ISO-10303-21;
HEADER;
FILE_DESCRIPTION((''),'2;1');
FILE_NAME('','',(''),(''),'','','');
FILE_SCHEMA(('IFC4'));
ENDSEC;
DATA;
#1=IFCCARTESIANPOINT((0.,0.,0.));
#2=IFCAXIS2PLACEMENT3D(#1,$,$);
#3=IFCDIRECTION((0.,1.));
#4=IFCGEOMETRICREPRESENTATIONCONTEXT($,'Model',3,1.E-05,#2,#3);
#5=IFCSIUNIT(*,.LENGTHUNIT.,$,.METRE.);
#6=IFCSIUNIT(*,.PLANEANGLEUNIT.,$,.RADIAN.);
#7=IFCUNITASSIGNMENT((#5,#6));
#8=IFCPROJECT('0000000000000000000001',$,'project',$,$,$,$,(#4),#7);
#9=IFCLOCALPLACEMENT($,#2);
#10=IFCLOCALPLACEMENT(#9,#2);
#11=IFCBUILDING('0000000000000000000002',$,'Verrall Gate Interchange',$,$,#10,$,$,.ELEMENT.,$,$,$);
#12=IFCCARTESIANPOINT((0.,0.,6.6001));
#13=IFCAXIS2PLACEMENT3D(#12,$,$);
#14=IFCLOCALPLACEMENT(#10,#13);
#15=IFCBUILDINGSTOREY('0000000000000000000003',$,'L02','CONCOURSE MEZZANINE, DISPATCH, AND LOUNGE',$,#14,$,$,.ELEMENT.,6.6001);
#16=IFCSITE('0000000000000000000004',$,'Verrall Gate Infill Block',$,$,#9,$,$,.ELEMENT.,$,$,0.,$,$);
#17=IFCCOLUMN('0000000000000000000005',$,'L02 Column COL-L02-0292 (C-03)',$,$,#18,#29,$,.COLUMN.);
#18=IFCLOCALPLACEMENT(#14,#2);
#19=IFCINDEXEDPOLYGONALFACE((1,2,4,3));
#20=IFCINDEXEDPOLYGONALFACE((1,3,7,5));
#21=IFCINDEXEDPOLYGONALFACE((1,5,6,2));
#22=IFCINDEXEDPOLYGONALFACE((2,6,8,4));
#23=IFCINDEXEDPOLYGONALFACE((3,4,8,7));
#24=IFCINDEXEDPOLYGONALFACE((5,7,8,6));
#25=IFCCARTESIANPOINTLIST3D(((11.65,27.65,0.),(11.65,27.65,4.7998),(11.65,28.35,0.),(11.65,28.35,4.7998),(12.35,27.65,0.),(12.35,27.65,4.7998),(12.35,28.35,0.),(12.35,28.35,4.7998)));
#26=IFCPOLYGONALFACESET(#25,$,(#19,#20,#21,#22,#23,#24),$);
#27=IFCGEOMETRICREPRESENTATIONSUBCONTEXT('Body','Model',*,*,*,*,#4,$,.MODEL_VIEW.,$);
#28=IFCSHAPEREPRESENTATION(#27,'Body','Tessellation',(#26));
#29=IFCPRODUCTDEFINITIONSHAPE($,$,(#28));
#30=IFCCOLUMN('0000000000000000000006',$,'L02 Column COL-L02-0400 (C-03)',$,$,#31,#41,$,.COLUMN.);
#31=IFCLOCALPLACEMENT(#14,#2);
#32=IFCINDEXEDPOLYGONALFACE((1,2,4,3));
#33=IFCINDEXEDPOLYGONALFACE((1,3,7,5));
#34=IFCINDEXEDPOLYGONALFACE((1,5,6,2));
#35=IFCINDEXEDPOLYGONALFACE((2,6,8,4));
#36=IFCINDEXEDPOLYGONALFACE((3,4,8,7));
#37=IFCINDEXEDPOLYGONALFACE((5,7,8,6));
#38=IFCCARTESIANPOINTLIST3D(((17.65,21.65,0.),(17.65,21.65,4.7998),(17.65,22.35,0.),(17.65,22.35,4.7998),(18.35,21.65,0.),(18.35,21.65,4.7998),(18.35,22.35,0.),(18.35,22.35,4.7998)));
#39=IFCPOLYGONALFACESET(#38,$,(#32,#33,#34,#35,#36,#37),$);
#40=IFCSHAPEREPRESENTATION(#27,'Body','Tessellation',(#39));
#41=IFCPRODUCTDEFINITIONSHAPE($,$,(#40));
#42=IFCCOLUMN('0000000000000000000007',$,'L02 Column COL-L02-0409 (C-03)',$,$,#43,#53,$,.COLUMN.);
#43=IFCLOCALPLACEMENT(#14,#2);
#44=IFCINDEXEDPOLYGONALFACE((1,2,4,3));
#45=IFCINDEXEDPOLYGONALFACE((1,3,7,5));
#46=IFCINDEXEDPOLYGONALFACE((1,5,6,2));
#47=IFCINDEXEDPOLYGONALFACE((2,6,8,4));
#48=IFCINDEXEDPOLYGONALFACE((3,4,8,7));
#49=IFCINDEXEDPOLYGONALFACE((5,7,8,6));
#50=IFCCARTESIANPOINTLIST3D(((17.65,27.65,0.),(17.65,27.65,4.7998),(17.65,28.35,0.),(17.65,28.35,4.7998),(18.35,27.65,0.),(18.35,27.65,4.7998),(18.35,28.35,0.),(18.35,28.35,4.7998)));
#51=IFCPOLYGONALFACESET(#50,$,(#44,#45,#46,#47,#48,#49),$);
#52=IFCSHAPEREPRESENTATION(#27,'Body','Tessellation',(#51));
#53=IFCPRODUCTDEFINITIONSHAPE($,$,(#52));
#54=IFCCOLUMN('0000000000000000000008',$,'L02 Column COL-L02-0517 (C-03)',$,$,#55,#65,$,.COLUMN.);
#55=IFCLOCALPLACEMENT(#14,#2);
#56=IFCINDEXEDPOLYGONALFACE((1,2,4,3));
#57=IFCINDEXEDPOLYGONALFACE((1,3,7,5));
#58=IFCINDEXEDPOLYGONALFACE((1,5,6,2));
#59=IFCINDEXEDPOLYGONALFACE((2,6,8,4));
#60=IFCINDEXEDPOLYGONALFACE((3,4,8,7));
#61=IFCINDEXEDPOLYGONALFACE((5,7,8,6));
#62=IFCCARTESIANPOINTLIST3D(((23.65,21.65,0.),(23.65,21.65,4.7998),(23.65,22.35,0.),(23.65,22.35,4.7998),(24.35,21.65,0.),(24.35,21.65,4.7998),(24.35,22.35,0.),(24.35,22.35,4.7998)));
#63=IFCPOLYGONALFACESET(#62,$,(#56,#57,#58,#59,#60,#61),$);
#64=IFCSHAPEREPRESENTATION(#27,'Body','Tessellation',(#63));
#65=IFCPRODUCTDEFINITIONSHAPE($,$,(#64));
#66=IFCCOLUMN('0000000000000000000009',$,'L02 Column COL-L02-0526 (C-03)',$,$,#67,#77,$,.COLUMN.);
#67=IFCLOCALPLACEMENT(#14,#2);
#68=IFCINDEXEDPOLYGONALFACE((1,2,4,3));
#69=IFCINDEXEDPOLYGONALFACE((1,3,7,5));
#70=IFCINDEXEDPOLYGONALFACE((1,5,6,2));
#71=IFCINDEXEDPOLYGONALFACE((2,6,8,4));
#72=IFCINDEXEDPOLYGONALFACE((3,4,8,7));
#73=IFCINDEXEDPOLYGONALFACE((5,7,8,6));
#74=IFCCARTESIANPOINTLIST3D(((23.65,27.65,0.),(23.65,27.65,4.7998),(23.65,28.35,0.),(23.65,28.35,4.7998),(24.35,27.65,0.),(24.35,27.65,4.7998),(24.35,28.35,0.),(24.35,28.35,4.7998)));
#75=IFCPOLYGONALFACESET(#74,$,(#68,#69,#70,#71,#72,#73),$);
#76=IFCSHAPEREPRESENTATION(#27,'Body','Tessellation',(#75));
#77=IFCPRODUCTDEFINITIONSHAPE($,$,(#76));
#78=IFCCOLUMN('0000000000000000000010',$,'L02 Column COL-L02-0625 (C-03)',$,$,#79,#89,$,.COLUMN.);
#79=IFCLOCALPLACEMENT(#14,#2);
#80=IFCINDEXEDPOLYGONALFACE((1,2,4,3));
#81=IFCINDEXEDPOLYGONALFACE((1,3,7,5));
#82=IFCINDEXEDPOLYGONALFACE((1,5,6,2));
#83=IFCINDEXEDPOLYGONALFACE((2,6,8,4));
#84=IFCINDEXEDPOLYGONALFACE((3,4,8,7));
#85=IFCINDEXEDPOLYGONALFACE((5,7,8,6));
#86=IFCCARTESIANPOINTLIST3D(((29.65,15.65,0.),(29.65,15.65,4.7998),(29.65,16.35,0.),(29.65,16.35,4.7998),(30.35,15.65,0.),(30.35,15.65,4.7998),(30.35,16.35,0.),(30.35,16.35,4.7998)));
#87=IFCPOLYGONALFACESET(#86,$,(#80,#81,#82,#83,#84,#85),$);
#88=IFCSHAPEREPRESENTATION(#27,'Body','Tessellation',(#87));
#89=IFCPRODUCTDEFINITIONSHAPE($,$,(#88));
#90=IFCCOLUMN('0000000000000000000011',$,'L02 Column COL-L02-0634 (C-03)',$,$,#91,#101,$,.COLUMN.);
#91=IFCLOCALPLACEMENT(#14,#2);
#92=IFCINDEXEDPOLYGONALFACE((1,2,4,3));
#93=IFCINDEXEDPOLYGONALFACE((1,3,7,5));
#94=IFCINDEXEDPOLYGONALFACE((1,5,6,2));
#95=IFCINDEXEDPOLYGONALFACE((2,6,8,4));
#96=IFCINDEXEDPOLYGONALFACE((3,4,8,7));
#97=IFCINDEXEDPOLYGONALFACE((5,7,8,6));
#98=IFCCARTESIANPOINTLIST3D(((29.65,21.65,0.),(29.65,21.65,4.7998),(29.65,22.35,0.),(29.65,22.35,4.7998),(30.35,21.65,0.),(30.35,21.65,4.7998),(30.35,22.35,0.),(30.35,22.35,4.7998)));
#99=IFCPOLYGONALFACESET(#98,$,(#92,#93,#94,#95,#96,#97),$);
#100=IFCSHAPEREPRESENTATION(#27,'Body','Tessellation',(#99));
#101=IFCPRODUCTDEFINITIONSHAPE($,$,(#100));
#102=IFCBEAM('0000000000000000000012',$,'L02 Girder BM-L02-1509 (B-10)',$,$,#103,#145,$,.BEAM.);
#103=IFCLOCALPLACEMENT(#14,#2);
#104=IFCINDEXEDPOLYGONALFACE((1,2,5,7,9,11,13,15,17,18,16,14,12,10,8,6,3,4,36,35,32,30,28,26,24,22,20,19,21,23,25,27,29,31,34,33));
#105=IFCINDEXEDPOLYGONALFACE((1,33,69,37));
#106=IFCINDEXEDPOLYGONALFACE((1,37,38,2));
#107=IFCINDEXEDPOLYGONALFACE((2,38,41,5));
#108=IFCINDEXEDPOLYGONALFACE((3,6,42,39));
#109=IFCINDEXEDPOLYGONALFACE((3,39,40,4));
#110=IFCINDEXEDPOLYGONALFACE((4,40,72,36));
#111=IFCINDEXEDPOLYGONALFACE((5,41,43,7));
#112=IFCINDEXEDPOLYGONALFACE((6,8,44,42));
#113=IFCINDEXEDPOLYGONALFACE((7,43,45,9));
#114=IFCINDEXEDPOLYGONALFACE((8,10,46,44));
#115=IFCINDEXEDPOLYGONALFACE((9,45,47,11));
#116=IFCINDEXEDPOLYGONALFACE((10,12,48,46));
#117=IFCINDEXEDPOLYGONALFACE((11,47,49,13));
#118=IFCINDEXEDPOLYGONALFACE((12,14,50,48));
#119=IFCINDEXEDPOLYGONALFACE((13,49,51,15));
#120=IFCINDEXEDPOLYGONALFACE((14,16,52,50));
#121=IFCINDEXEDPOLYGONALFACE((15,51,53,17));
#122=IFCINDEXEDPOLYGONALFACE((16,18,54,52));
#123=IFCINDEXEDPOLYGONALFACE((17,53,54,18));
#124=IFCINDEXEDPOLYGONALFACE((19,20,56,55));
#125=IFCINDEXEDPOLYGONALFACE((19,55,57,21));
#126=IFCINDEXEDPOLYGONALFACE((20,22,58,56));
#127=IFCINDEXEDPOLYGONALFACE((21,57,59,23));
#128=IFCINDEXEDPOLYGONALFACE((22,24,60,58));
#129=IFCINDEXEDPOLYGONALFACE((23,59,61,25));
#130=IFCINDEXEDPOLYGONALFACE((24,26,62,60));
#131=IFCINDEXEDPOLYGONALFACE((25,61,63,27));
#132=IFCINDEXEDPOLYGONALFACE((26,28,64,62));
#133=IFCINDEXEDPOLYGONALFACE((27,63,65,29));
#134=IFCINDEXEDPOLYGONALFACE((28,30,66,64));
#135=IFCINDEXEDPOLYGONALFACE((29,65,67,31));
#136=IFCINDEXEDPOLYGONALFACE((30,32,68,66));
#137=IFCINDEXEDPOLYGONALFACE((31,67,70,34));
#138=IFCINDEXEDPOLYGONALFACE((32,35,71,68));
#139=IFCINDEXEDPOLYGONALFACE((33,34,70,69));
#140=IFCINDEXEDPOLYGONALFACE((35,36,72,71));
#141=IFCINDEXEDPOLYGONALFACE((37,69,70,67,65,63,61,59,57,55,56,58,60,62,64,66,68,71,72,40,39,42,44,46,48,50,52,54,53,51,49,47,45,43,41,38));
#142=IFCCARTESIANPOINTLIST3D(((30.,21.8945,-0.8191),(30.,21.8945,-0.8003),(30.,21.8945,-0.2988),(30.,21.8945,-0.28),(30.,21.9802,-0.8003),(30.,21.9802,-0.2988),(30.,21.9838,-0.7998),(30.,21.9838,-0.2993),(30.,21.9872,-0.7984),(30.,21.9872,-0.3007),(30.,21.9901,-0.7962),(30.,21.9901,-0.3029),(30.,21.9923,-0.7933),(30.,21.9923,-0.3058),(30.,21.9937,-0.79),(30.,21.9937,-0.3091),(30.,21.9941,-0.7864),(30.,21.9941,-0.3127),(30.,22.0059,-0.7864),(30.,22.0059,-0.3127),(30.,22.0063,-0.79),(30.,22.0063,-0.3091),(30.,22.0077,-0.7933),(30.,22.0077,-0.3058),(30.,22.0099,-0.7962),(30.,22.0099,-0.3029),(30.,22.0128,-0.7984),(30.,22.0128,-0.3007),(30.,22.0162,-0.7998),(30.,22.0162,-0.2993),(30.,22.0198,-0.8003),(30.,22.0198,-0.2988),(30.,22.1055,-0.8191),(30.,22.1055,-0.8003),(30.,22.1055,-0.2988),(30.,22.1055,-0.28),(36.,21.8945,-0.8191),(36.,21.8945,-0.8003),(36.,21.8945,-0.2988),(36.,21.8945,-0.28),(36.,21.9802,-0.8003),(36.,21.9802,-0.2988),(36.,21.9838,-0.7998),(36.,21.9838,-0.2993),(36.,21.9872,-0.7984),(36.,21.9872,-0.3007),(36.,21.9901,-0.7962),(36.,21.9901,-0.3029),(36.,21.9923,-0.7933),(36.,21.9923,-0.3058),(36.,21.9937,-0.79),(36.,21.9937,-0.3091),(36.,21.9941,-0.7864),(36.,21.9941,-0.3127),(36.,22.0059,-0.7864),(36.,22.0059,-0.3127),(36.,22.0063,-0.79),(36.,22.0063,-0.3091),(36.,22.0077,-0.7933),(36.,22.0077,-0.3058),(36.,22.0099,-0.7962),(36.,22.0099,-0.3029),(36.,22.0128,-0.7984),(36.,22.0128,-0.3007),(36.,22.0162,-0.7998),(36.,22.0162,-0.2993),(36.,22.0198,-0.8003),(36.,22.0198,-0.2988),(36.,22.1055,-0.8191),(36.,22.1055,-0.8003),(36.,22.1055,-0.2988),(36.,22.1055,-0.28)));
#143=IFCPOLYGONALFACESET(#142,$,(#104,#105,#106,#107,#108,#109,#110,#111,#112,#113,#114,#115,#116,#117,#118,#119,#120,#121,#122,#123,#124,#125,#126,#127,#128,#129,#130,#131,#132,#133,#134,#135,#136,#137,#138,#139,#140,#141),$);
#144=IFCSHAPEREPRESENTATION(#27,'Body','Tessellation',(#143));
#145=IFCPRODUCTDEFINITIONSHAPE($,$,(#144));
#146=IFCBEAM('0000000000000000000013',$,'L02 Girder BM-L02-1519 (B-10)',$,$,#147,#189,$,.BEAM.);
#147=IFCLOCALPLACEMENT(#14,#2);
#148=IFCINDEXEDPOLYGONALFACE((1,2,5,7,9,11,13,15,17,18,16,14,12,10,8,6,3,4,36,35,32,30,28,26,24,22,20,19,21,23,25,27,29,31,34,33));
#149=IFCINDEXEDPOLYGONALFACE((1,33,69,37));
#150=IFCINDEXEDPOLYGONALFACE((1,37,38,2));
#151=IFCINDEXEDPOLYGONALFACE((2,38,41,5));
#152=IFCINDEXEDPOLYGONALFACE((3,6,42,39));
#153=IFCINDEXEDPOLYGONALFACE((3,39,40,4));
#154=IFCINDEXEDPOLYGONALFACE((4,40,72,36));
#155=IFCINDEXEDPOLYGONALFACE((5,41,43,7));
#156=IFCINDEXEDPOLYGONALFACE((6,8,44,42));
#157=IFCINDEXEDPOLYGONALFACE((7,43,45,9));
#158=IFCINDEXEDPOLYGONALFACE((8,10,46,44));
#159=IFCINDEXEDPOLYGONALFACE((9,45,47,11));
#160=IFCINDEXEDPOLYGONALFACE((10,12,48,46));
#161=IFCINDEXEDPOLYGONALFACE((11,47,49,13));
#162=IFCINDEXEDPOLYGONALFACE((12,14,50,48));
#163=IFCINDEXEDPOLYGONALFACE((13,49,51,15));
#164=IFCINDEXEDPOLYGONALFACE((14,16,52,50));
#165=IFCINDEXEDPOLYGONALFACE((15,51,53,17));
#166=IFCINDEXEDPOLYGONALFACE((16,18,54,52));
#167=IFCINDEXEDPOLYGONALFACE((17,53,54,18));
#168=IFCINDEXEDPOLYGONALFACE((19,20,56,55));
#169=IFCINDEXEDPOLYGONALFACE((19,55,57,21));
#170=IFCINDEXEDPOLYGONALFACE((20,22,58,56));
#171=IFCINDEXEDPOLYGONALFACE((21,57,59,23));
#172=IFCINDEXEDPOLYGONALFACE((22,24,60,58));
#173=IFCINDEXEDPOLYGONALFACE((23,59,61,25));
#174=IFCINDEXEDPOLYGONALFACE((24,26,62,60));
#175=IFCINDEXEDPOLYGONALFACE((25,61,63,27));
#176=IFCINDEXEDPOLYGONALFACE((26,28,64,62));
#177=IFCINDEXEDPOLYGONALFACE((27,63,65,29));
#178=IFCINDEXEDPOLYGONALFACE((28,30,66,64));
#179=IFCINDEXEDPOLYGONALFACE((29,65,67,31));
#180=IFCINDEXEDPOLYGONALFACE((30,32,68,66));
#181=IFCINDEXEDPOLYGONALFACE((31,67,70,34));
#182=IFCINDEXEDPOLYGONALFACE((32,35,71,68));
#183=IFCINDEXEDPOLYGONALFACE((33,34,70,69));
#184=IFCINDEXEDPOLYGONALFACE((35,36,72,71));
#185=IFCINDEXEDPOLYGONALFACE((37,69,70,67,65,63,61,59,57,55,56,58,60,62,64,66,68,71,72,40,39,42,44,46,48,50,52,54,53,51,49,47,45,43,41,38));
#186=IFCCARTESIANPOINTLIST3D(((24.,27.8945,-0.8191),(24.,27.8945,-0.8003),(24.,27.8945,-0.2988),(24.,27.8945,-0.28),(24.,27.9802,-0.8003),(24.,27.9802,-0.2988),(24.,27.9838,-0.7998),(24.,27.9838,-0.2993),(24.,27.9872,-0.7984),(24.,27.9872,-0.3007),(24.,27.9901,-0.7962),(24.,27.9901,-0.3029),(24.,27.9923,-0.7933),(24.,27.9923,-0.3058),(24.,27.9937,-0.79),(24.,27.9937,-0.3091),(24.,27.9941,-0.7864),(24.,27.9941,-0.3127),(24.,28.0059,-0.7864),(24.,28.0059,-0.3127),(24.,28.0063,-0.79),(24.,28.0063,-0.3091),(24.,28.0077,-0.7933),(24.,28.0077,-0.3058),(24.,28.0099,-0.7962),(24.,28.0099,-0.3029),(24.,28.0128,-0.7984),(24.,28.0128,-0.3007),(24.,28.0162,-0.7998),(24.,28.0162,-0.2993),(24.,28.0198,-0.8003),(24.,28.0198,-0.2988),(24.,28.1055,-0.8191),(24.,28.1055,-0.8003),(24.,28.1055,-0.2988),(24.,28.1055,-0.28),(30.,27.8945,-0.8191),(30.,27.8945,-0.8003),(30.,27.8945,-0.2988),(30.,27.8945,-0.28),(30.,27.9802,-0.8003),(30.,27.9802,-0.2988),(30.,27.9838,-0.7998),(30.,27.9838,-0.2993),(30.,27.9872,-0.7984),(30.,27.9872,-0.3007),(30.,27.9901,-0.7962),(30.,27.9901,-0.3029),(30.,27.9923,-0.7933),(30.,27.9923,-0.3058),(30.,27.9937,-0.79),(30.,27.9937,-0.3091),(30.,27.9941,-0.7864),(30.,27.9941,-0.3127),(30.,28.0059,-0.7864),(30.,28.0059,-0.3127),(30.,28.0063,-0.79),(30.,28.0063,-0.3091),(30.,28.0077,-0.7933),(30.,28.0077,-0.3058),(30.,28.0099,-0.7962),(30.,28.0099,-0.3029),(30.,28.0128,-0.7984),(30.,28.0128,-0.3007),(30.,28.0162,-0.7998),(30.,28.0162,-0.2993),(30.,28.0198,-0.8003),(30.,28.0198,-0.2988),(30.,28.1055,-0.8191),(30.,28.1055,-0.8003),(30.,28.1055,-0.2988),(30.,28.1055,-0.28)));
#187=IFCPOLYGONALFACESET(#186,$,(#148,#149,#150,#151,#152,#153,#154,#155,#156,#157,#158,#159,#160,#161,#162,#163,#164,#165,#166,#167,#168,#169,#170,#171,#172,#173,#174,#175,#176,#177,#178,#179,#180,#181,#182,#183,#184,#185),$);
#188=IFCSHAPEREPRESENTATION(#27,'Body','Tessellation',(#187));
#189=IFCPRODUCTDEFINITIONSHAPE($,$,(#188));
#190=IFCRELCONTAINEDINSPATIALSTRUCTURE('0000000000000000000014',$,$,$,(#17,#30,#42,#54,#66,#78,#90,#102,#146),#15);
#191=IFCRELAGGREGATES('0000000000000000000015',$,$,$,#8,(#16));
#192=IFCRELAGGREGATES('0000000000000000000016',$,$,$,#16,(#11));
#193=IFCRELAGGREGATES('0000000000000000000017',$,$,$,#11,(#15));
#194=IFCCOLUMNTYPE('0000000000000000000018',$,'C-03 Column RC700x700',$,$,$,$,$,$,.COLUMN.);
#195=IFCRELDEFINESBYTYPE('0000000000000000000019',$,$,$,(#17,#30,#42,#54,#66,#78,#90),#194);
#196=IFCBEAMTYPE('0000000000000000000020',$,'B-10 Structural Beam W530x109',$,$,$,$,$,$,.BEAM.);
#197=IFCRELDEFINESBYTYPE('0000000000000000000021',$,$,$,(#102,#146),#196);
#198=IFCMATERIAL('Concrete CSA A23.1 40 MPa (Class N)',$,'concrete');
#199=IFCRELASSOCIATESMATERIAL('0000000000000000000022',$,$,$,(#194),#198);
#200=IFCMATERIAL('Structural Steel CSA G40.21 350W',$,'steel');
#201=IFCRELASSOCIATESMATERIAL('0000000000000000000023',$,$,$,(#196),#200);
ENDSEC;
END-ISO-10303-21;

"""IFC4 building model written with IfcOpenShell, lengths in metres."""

from ifc_helpers import new_model, si_unit, direction, frame, origin, origin_2d, place, context, subcontext, project, spatial, rectangle, i_section, extrude, material, material_profile, profile_set, type_object, element, save


model = new_model("IFC4")

# Units and contexts
model_context = context("Model", 3, precision=1e-05, world=origin(), true_north=direction((0.0, 1.0)))
body_context = subcontext(model_context, "Body", "Model", "MODEL_VIEW")
ifc_project = project(units=[si_unit("LENGTHUNIT", "METRE"), si_unit("PLANEANGLEUNIT", "RADIAN")], contexts=[model_context])

# Site, building, storey
site_placement = place(None, origin())
site = spatial("IfcSite", under=ifc_project, at=site_placement, Name="Verrall Gate Infill Block", CompositionType="ELEMENT", RefElevation=0.0)
building_placement = place(site_placement, origin())
building = spatial("IfcBuilding", under=site, at=building_placement, Name="Verrall Gate Interchange", CompositionType="ELEMENT")
storey_placement = place(building_placement, frame((0.0, 0.0, 6.6001)))
storey = spatial("IfcBuildingStorey", under=building, at=storey_placement, Name="L02", Description="CONCOURSE MEZZANINE, DISPATCH, AND LOUNGE", CompositionType="ELEMENT", Elevation=6.6001)

# Columns
ifc_material_1 = material(Name="Concrete CSA A23.1 40 MPa (Class N)", Category="concrete")
ifc_material_profile_1 = material_profile(ifc_material_1, rectangle(XDim=0.7, YDim=0.7, at=origin_2d()), Name="RC700x700")
ifc_profile_set_1 = profile_set([ifc_material_profile_1], Name="Concrete CSA A23.1 40 MPa (Class N)")
column_type = type_object("IfcColumnType", Name="C-03 Column RC700x700", PredefinedType="COLUMN", material=ifc_profile_set_1)
for number, where, z_axis, x_axis, name in (
    (1, (12.0, 28.0, 0.0), (0.0, 0.0, 1.0), (1.0, 0.0, 0.0), "L02 Column COL-L02-0292 (C-03)"),
    (2, (18.0, 22.0, 0.0), (0.0, 0.0, 1.0), (1.0, 0.0, 0.0), "L02 Column COL-L02-0400 (C-03)"),
    (3, (18.0, 28.0, 0.0), (0.0, 0.0, 1.0), (1.0, 0.0, 0.0), "L02 Column COL-L02-0409 (C-03)"),
    (4, (24.0, 22.0, 0.0), (0.0, 0.0, 1.0), (1.0, 0.0, 0.0), "L02 Column COL-L02-0517 (C-03)"),
    (5, (24.0, 28.0, 0.0), (0.0, 0.0, 1.0), (1.0, 0.0, 0.0), "L02 Column COL-L02-0526 (C-03)"),
    (6, (30.0, 16.0, 0.0), (0.0, 0.0, 1.0), (1.0, 0.0, 0.0), "L02 Column COL-L02-0625 (C-03)"),
    (7, (30.0, 22.0, 0.0), (0.0, 0.0, 1.0), (1.0, 0.0, 0.0), "L02 Column COL-L02-0634 (C-03)"),
):
    element("IfcColumn", number, at=place(storey_placement, frame(where, z_axis=z_axis, x_axis=x_axis)), inside=storey, type_object=column_type, Name=name, PredefinedType="COLUMN", context=body_context, shape_type="SweptSolid", body=[
        extrude(rectangle(XDim=0.7, YDim=0.7, at=origin_2d()), origin(), (0.0, 0.0, 1.0), 4.7998),
    ])

# Beams
ifc_material_2 = material(Name="Structural Steel CSA G40.21 350W", Category="steel")
ifc_material_profile_2 = material_profile(ifc_material_2, i_section(OverallWidth=0.2109, OverallDepth=0.5391, WebThickness=0.0117, FlangeThickness=0.0188, FilletRadius=0.0139, at=origin_2d()), Name="W530x109")
ifc_profile_set_2 = profile_set([ifc_material_profile_2], Name="Structural Steel CSA G40.21 350W")
beam_type_1 = type_object("IfcBeamType", Name="B-10 Structural Beam W530x109", PredefinedType="BEAM", material=ifc_profile_set_2)
for number, where, z_axis, x_axis, name in (
    (8, (30.0, 22.0, -0.5496), (1.0, 0.0, 0.0), (0.0, 1.0, 0.0), "L02 Girder BM-L02-1509 (B-10)"),
    (9, (24.0, 28.0, -0.5496), (1.0, 0.0, 0.0), (0.0, 1.0, 0.0), "L02 Girder BM-L02-1519 (B-10)"),
):
    element("IfcBeam", number, at=place(storey_placement, frame(where, z_axis=z_axis, x_axis=x_axis)), inside=storey, type_object=beam_type_1, Name=name, PredefinedType="BEAM", context=body_context, shape_type="SweptSolid", body=[
        extrude(i_section(OverallWidth=0.2109, OverallDepth=0.5391, WebThickness=0.0117, FlangeThickness=0.0188, FilletRadius=0.0139, at=origin_2d()), origin(), (0.0, 0.0, 1.0), 6.0),
    ])

save(model, "model.ifc")
